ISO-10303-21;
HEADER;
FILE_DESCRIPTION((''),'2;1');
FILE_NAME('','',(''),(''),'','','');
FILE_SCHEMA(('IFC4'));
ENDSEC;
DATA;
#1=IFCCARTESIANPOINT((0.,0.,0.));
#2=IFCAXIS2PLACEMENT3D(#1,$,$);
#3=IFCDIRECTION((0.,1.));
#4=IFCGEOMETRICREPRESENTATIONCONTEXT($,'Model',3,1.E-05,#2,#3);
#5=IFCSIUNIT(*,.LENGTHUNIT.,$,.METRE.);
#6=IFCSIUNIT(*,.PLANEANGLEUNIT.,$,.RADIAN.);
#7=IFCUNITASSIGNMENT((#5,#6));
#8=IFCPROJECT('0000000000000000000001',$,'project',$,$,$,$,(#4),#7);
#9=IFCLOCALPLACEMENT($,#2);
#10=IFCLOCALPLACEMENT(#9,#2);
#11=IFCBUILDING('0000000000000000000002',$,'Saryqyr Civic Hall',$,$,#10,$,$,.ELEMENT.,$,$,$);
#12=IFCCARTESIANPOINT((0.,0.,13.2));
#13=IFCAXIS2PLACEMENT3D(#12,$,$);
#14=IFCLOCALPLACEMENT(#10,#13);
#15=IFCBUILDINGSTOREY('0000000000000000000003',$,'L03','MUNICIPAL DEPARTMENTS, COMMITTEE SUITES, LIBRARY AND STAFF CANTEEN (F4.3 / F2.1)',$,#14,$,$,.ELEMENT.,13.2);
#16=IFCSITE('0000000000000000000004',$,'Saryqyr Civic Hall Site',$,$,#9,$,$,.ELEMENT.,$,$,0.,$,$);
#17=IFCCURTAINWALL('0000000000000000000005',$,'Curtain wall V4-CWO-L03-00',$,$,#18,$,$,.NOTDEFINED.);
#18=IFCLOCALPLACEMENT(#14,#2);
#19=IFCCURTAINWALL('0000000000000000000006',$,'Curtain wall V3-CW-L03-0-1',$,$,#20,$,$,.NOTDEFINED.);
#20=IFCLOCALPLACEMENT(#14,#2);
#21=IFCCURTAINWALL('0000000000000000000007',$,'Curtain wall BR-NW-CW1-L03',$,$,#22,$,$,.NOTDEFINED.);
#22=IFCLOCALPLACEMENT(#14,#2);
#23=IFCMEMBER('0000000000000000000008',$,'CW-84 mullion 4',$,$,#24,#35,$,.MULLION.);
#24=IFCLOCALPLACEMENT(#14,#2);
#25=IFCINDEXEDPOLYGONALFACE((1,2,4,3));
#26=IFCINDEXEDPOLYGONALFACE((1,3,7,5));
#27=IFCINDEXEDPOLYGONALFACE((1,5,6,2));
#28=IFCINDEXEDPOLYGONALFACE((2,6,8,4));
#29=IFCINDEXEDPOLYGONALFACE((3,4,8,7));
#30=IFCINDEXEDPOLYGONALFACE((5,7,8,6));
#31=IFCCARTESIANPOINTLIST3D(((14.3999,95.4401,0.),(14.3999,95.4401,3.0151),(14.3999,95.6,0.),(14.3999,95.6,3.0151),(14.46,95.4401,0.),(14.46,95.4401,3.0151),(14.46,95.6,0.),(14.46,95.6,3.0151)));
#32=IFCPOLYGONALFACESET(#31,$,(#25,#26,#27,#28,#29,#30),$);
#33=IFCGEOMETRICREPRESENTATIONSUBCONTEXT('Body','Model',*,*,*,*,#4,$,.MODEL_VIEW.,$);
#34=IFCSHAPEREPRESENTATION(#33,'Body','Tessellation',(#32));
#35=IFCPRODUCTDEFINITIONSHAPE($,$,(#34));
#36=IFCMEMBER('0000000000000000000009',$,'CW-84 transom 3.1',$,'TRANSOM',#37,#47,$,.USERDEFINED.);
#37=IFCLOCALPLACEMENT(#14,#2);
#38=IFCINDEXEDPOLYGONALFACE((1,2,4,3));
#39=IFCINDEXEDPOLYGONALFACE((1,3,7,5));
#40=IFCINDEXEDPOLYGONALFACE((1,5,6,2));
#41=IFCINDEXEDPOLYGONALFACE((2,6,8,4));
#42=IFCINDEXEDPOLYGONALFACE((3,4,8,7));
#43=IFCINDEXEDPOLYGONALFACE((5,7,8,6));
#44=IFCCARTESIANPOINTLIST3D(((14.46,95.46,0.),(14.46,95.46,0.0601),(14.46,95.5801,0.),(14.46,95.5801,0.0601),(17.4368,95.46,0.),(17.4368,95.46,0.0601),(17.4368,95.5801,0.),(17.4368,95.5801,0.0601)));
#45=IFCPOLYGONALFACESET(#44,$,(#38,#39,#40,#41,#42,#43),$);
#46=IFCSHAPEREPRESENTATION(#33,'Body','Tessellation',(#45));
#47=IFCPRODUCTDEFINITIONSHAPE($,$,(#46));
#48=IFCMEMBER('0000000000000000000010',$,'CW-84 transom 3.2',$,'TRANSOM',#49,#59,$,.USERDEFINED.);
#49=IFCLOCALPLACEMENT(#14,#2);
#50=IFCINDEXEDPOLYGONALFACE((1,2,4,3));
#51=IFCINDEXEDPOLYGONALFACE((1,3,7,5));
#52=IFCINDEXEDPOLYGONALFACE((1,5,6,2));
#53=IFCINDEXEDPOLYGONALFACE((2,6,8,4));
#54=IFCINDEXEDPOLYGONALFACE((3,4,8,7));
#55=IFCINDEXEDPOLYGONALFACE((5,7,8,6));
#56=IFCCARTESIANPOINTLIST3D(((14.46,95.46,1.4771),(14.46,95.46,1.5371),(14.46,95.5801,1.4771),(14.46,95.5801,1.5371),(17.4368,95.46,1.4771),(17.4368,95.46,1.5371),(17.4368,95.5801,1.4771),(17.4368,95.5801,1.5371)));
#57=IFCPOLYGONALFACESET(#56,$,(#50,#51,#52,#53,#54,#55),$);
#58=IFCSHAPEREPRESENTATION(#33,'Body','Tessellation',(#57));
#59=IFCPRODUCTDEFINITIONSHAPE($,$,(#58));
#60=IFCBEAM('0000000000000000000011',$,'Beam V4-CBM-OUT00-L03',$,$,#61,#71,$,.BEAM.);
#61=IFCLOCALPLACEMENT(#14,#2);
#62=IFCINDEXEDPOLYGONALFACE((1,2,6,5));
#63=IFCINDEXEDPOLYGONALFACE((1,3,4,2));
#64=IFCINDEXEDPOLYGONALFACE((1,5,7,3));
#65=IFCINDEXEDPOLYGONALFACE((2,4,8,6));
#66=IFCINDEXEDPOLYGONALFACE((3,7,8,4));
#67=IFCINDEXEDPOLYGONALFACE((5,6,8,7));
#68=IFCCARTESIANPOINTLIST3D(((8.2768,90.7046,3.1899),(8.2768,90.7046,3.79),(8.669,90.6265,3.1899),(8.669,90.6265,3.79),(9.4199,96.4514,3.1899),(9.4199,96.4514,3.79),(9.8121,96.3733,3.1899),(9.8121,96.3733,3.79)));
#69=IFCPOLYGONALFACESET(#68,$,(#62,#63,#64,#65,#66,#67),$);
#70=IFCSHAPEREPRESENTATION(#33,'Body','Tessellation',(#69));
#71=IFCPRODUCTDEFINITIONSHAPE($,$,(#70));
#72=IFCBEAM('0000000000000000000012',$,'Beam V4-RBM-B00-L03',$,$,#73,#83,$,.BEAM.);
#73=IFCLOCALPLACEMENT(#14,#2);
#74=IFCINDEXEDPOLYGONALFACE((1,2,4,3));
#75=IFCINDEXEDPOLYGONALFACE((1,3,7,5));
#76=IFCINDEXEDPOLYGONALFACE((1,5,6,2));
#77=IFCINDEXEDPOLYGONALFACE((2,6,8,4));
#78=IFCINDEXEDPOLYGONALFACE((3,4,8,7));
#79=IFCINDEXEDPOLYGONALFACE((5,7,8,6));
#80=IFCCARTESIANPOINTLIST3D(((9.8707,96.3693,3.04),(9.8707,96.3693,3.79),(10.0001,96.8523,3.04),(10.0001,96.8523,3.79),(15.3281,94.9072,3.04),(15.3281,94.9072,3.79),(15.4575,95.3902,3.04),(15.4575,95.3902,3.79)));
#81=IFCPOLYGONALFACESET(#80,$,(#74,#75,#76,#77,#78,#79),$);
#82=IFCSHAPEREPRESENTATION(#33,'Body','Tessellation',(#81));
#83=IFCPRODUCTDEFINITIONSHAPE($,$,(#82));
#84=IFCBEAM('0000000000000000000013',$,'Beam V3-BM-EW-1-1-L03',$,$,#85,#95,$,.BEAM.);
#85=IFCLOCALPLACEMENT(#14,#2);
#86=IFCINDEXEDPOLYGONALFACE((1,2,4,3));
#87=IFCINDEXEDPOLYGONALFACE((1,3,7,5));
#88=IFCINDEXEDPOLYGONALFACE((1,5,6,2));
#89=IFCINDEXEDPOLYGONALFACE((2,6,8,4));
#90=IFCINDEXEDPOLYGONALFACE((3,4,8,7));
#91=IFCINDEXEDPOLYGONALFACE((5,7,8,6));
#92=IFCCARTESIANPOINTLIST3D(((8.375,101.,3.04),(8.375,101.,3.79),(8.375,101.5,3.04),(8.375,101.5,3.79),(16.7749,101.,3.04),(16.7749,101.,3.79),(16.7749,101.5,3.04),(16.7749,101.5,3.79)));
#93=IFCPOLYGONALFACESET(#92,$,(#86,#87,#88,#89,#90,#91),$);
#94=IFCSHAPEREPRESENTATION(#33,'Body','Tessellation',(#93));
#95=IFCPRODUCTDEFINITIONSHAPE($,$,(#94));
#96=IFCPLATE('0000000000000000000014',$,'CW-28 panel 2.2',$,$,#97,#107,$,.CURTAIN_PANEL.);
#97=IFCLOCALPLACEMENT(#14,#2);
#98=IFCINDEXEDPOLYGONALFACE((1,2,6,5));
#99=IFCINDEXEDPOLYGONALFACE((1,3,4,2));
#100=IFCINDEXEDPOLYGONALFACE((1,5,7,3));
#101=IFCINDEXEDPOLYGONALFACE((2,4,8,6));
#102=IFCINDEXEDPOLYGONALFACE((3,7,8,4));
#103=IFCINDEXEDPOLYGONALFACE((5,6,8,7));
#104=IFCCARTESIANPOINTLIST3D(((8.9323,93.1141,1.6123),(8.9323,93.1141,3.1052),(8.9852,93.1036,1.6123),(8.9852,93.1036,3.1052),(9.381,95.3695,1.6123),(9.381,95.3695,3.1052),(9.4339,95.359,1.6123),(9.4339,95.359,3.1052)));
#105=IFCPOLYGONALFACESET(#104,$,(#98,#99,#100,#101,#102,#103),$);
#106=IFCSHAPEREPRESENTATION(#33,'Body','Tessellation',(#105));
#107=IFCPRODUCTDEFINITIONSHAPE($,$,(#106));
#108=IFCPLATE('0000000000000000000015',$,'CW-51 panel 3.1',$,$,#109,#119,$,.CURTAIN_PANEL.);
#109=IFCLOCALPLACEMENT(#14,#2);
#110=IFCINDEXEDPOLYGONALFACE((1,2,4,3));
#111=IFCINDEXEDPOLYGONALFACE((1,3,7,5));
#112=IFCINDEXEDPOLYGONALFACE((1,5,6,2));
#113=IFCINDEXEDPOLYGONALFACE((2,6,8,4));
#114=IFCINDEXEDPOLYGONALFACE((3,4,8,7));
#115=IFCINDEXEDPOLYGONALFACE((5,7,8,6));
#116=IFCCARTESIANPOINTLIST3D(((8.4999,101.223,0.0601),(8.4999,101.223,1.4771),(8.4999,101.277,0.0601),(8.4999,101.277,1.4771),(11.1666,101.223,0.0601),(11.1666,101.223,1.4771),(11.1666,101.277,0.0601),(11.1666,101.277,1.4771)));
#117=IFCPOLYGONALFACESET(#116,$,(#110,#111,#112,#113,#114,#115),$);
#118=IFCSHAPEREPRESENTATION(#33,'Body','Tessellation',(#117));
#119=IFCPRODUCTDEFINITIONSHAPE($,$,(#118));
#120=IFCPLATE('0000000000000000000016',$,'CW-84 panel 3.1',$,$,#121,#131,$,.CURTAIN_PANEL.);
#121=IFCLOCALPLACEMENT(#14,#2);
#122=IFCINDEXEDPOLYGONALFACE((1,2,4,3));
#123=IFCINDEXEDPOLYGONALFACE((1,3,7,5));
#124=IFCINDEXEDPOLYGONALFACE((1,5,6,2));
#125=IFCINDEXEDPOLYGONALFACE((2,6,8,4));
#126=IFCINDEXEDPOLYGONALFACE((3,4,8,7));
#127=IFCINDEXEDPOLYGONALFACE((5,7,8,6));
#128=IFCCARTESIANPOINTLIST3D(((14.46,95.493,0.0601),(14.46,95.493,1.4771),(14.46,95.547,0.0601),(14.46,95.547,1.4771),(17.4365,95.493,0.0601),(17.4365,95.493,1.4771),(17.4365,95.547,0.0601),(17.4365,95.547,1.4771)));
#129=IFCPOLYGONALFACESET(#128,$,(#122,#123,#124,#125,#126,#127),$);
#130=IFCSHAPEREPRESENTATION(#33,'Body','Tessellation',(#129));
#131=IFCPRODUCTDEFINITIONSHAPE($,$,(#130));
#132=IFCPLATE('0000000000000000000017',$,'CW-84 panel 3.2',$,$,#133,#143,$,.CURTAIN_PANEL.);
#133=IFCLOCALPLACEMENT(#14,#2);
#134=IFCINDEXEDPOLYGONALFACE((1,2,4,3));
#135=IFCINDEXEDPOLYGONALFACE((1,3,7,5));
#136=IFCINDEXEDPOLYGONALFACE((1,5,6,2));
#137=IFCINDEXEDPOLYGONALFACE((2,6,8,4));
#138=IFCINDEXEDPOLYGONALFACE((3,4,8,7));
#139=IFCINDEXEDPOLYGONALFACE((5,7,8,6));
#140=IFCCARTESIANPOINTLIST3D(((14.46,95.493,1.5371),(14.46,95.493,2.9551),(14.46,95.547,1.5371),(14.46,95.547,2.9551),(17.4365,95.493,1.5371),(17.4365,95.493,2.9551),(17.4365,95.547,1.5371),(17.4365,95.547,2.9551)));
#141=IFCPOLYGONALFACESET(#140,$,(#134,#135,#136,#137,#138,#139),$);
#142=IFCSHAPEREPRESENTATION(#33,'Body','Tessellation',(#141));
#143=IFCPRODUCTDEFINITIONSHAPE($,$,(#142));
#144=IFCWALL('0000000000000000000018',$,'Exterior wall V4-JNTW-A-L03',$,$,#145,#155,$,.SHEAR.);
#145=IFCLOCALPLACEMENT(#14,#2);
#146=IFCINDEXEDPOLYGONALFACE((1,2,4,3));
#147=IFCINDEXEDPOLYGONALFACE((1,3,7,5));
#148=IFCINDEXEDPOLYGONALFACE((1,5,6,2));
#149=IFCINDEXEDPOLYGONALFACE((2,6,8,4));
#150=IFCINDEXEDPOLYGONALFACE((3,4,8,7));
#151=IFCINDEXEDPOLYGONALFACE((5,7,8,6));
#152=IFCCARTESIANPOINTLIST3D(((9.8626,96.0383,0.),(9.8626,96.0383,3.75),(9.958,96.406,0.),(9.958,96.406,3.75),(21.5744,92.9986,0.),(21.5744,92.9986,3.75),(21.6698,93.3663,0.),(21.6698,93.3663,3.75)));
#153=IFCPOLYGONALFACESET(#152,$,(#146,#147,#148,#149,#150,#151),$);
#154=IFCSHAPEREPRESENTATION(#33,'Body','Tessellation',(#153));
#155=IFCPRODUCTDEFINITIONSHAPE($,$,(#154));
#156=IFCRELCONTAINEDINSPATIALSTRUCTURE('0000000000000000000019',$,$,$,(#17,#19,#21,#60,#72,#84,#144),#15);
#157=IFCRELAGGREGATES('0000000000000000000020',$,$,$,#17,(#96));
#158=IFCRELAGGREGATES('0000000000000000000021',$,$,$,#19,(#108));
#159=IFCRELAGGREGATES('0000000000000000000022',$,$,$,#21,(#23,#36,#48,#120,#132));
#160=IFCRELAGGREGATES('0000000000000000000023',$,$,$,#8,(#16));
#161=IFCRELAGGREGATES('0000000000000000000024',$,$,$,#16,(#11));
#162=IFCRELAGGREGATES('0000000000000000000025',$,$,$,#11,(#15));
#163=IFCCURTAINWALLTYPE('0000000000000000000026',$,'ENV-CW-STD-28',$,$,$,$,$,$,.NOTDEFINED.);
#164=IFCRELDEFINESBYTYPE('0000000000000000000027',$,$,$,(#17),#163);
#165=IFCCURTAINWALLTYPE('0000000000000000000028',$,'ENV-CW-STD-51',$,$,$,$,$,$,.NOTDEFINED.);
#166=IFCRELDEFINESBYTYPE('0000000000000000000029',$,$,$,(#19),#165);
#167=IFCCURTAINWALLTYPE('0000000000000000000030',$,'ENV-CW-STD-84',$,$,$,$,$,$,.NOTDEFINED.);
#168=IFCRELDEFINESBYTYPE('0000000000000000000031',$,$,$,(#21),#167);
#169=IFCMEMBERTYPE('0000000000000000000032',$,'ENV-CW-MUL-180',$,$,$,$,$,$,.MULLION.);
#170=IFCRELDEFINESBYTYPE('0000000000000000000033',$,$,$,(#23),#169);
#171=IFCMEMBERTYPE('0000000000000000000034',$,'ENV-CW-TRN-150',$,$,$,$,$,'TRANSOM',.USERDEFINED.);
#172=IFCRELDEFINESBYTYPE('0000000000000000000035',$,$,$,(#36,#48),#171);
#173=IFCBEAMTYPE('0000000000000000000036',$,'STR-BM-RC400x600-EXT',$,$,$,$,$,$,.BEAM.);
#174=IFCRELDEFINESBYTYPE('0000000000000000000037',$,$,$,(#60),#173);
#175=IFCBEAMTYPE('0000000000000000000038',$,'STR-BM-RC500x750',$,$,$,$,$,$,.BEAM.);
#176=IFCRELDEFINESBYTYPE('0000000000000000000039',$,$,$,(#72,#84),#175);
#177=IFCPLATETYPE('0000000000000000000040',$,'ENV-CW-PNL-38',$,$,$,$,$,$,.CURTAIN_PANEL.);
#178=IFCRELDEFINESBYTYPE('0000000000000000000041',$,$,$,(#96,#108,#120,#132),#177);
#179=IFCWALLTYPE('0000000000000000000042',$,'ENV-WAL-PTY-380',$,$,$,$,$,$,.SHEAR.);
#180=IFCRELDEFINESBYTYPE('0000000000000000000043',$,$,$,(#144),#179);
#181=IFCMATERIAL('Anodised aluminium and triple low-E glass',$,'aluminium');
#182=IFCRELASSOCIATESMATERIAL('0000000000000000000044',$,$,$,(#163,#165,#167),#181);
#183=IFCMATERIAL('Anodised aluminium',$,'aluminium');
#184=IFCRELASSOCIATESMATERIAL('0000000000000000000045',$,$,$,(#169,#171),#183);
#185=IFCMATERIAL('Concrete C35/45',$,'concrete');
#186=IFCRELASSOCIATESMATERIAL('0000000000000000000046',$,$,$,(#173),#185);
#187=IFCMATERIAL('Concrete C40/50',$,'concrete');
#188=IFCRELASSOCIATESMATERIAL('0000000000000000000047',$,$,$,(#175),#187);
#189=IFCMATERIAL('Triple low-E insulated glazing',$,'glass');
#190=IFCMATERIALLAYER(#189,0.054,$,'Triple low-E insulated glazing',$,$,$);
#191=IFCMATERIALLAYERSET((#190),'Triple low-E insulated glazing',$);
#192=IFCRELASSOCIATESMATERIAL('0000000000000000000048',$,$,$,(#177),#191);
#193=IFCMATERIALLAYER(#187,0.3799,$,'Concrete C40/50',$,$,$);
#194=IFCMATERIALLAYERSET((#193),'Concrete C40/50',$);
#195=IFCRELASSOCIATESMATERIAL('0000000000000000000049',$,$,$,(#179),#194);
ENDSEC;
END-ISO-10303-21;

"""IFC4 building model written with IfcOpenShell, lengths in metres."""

from ifc_helpers import new_model, si_unit, direction, frame, frame_2d, origin, origin_2d, place, context, subcontext, project, spatial, rectangle, extrude, material, layer, layer_set, material_profile, profile_set, type_object, element, aggregate, save


model = new_model("IFC4")

# Units and contexts
model_context = context("Model", 3, precision=1e-05, world=origin(), true_north=direction((0.0, 1.0)))
body_context = subcontext(model_context, "Body", "Model", "MODEL_VIEW")
ifc_project = project(units=[si_unit("LENGTHUNIT", "METRE"), si_unit("PLANEANGLEUNIT", "RADIAN")], contexts=[model_context])

# Site, building, storey
site_placement = place(None, origin())
site = spatial("IfcSite", under=ifc_project, at=site_placement, Name="Saryqyr Civic Hall Site", CompositionType="ELEMENT", RefElevation=0.0)
building_placement = place(site_placement, origin())
building = spatial("IfcBuilding", under=site, at=building_placement, Name="Saryqyr Civic Hall", CompositionType="ELEMENT")
storey_placement = place(building_placement, frame((0.0, 0.0, 13.2)))
storey = spatial("IfcBuildingStorey", under=building, at=storey_placement, Name="L03", Description="MUNICIPAL DEPARTMENTS, COMMITTEE SUITES, LIBRARY AND STAFF CANTEEN (F4.3 / F2.1)", CompositionType="ELEMENT", Elevation=13.2)

# Shared definitions
ifc_material_1 = material(Name="Concrete C40/50", Category="concrete")
ifc_material_2 = material(Name="Concrete C35/45", Category="concrete")

# Curtain walls
ifc_material_3 = material(Name="Anodised aluminium and triple low-E glass", Category="aluminium")
curtain_wall_type_1 = type_object("IfcCurtainWallType", Name="ENV-CW-STD-28", PredefinedType="NOTDEFINED", material=ifc_material_3)
curtain_wall_1_placement = place(storey_placement, origin())
curtain_wall_1 = element("IfcCurtainWall", 1, at=curtain_wall_1_placement, inside=storey, type_object=curtain_wall_type_1, Name="Curtain wall V4-CWO-L03-00", PredefinedType="NOTDEFINED")
ifc_material_4 = material(Name="Anodised aluminium", Category="aluminium")
ifc_material_profile_1 = material_profile(ifc_material_4, rectangle(XDim=0.0601, YDim=0.1599, at=origin_2d()), Name="ALU MULLION 60x160")
ifc_profile_set_1 = profile_set([ifc_material_profile_1], Name="Anodised aluminium")
member_type_1 = type_object("IfcMemberType", Name="ENV-CW-MUL-180", PredefinedType="MULLION", material=ifc_profile_set_1)
curtain_wall_type_2 = type_object("IfcCurtainWallType", Name="ENV-CW-STD-51", PredefinedType="NOTDEFINED", material=ifc_material_3)
curtain_wall_2_placement = place(storey_placement, origin())
curtain_wall_2 = element("IfcCurtainWall", 2, at=curtain_wall_2_placement, inside=storey, type_object=curtain_wall_type_2, Name="Curtain wall V3-CW-L03-0-1", PredefinedType="NOTDEFINED")

# Curtain wall, members
curtain_wall_type_3 = type_object("IfcCurtainWallType", Name="ENV-CW-STD-84", PredefinedType="NOTDEFINED", material=ifc_material_3)
curtain_wall_3_placement = place(storey_placement, origin())
curtain_wall_3 = element("IfcCurtainWall", 3, at=curtain_wall_3_placement, inside=storey, type_object=curtain_wall_type_3, Name="Curtain wall BR-NW-CW1-L03", PredefinedType="NOTDEFINED")
member_1_placement = place(storey_placement, frame((14.4299, 95.52, 0.0), z_axis=(0.0, 0.0, 1.0), x_axis=(-1.0, 0.0, 0.0)))
member_1 = element("IfcMember", 4, at=member_1_placement, type_object=member_type_1, Name="CW-84 mullion 4", PredefinedType="MULLION", context=body_context, shape_type="SweptSolid", body=[
    extrude(rectangle(XDim=0.0601, YDim=0.1599, at=origin_2d()), origin(), (0.0, 0.0, 1.0), 3.0151),
])
ifc_material_profile_2 = material_profile(ifc_material_4, rectangle(XDim=0.1201, YDim=0.0601, at=origin_2d()), Name="ALU TRANSOM 120x60")
ifc_profile_set_2 = profile_set([ifc_material_profile_2], Name="Anodised aluminium")
member_type_2 = type_object("IfcMemberType", Name="ENV-CW-TRN-150", ElementType="TRANSOM", PredefinedType="USERDEFINED", material=ifc_profile_set_2)
member_2_placement = place(storey_placement, frame((17.4368, 95.52, 0.03), z_axis=(-1.0, 0.0, 0.0), x_axis=(0.0, -1.0, 0.0)))
member_2 = element("IfcMember", 5, at=member_2_placement, type_object=member_type_2, Name="CW-84 transom 3.1", ObjectType="TRANSOM", PredefinedType="USERDEFINED", context=body_context, shape_type="SweptSolid", body=[
    extrude(rectangle(XDim=0.1201, YDim=0.0601, at=origin_2d()), origin(), (0.0, 0.0, 1.0), 2.9768),
])
member_3_placement = place(storey_placement, frame((17.4368, 95.52, 1.5071), z_axis=(-1.0, 0.0, 0.0), x_axis=(0.0, -1.0, 0.0)))
member_3 = element("IfcMember", 6, at=member_3_placement, type_object=member_type_2, Name="CW-84 transom 3.2", ObjectType="TRANSOM", PredefinedType="USERDEFINED", context=body_context, shape_type="SweptSolid", body=[
    extrude(rectangle(XDim=0.1201, YDim=0.0601, at=origin_2d()), origin(), (0.0, 0.0, 1.0), 2.9768),
])

# Beams
ifc_material_profile_3 = material_profile(ifc_material_2, rectangle(XDim=0.3999, YDim=0.6001, at=origin_2d()), Name="RC 400x600")
ifc_profile_set_3 = profile_set([ifc_material_profile_3], Name="Concrete C35/45")
beam_type_1 = type_object("IfcBeamType", Name="STR-BM-RC400x600-EXT", PredefinedType="BEAM", material=ifc_profile_set_3)
beam_1_placement = place(storey_placement, frame((9.616, 96.4124, 3.49), z_axis=(-0.195082, -0.980787, 0.0), x_axis=(0.980787, -0.195082, 0.0)))
element("IfcBeam", 7, at=beam_1_placement, inside=storey, type_object=beam_type_1, Name="Beam V4-CBM-OUT00-L03", PredefinedType="BEAM", context=body_context, shape_type="SweptSolid", body=[
    extrude(rectangle(XDim=0.3999, YDim=0.6001, at=origin_2d()), origin(), (0.0, 0.0, 1.0), 5.8594),
])
ifc_material_profile_4 = material_profile(ifc_material_1, rectangle(XDim=0.5, YDim=0.75, at=origin_2d()), Name="RC 500x750")
ifc_profile_set_4 = profile_set([ifc_material_profile_4], Name="Concrete C40/50")
beam_type_2 = type_object("IfcBeamType", Name="STR-BM-RC500x750", PredefinedType="BEAM", material=ifc_profile_set_4)
beam_2_placement = place(storey_placement, frame((15.3928, 95.1487, 3.415), z_axis=(-0.965934, 0.258789, 0.0), x_axis=(-0.258789, -0.965934, 0.0)))
element("IfcBeam", 8, at=beam_2_placement, inside=storey, type_object=beam_type_2, Name="Beam V4-RBM-B00-L03", PredefinedType="BEAM", context=body_context, shape_type="SweptSolid", body=[
    extrude(rectangle(XDim=0.5, YDim=0.75, at=origin_2d()), origin(), (0.0, 0.0, 1.0), 5.6499),
])
beam_3_placement = place(storey_placement, frame((8.375, 101.25, 3.415), z_axis=(1.0, 0.0, 0.0), x_axis=(0.0, 1.0, 0.0)))
element("IfcBeam", 9, at=beam_3_placement, inside=storey, type_object=beam_type_2, Name="Beam V3-BM-EW-1-1-L03", PredefinedType="BEAM", context=body_context, shape_type="SweptSolid", body=[
    extrude(rectangle(XDim=0.5, YDim=0.75, at=origin_2d()), origin(), (0.0, 0.0, 1.0), 8.3999),
])

# Plates
ifc_material_5 = material(Name="Triple low-E insulated glazing", Category="glass")
ifc_layer_1 = layer(ifc_material_5, 0.054, Name="Triple low-E insulated glazing")
ifc_layer_set_1 = layer_set([ifc_layer_1], Name="Triple low-E insulated glazing")
plate_type = type_object("IfcPlateType", Name="ENV-CW-PNL-38", PredefinedType="CURTAIN_PANEL", material=ifc_layer_set_1)
plate_1_placement = place(storey_placement, frame((9.1831, 94.2366, 1.6123), z_axis=(0.0, 0.0, 1.0), x_axis=(0.195098, 0.980784, 0.0)))
plate_1 = element("IfcPlate", 10, at=plate_1_placement, type_object=plate_type, Name="CW-28 panel 2.2", PredefinedType="CURTAIN_PANEL", context=body_context, shape_type="SweptSolid", body=[
    extrude(rectangle(XDim=2.2996, YDim=0.054, at=origin_2d()), origin(), (0.0, 0.0, 1.0), 1.4929),
])
aggregate(curtain_wall_1, [plate_1])
plate_2_placement = place(storey_placement, frame((9.8333, 101.25, 0.0601), z_axis=(0.0, 0.0, 1.0), x_axis=(-1.0, 0.0, 0.0)))
plate_2 = element("IfcPlate", 11, at=plate_2_placement, type_object=plate_type, Name="CW-51 panel 3.1", PredefinedType="CURTAIN_PANEL", context=body_context, shape_type="SweptSolid", body=[
    extrude(rectangle(XDim=2.6667, YDim=0.054, at=origin_2d()), origin(), (0.0, 0.0, 1.0), 1.417),
])
aggregate(curtain_wall_2, [plate_2])
plate_3_placement = place(storey_placement, frame((15.9482, 95.52, 0.0601), z_axis=(0.0, 0.0, 1.0), x_axis=(-1.0, 0.0, 0.0)))
plate_3 = element("IfcPlate", 12, at=plate_3_placement, type_object=plate_type, Name="CW-84 panel 3.1", PredefinedType="CURTAIN_PANEL", context=body_context, shape_type="SweptSolid", body=[
    extrude(rectangle(XDim=2.9766, YDim=0.054, at=origin_2d()), origin(), (0.0, 0.0, 1.0), 1.417),
])
plate_4_placement = place(storey_placement, frame((15.9482, 95.52, 1.5371), z_axis=(0.0, 0.0, 1.0), x_axis=(-1.0, 0.0, 0.0)))
plate_4 = element("IfcPlate", 13, at=plate_4_placement, type_object=plate_type, Name="CW-84 panel 3.2", PredefinedType="CURTAIN_PANEL", context=body_context, shape_type="SweptSolid", body=[
    extrude(rectangle(XDim=2.9766, YDim=0.054, at=origin_2d()), origin(), (0.0, 0.0, 1.0), 1.418),
])
aggregate(curtain_wall_3, [member_1, member_2, member_3, plate_3, plate_4])

# Wall
ifc_layer_2 = layer(ifc_material_1, 0.3799, Name="Concrete C40/50")
ifc_layer_set_2 = layer_set([ifc_layer_2], Name="Concrete C40/50")
wall_type = type_object("IfcWallType", Name="ENV-WAL-PTY-380", PredefinedType="SHEAR", material=ifc_layer_set_2)
wall_placement = place(storey_placement, frame((9.9104, 96.2222, 0.0), z_axis=(0.0, 0.0, 1.0), x_axis=(0.967929, -0.251223, 0.0)))
element("IfcWall", 14, at=wall_placement, inside=storey, type_object=wall_type, Name="Exterior wall V4-JNTW-A-L03", PredefinedType="SHEAR", context=body_context, shape_type="SweptSolid", body=[
    extrude(rectangle(XDim=12.0999, YDim=0.3799, at=frame_2d((6.0498, 0.0))), origin(), (0.0, 0.0, 1.0), 3.75),
])

save(model, "model.ifc")
